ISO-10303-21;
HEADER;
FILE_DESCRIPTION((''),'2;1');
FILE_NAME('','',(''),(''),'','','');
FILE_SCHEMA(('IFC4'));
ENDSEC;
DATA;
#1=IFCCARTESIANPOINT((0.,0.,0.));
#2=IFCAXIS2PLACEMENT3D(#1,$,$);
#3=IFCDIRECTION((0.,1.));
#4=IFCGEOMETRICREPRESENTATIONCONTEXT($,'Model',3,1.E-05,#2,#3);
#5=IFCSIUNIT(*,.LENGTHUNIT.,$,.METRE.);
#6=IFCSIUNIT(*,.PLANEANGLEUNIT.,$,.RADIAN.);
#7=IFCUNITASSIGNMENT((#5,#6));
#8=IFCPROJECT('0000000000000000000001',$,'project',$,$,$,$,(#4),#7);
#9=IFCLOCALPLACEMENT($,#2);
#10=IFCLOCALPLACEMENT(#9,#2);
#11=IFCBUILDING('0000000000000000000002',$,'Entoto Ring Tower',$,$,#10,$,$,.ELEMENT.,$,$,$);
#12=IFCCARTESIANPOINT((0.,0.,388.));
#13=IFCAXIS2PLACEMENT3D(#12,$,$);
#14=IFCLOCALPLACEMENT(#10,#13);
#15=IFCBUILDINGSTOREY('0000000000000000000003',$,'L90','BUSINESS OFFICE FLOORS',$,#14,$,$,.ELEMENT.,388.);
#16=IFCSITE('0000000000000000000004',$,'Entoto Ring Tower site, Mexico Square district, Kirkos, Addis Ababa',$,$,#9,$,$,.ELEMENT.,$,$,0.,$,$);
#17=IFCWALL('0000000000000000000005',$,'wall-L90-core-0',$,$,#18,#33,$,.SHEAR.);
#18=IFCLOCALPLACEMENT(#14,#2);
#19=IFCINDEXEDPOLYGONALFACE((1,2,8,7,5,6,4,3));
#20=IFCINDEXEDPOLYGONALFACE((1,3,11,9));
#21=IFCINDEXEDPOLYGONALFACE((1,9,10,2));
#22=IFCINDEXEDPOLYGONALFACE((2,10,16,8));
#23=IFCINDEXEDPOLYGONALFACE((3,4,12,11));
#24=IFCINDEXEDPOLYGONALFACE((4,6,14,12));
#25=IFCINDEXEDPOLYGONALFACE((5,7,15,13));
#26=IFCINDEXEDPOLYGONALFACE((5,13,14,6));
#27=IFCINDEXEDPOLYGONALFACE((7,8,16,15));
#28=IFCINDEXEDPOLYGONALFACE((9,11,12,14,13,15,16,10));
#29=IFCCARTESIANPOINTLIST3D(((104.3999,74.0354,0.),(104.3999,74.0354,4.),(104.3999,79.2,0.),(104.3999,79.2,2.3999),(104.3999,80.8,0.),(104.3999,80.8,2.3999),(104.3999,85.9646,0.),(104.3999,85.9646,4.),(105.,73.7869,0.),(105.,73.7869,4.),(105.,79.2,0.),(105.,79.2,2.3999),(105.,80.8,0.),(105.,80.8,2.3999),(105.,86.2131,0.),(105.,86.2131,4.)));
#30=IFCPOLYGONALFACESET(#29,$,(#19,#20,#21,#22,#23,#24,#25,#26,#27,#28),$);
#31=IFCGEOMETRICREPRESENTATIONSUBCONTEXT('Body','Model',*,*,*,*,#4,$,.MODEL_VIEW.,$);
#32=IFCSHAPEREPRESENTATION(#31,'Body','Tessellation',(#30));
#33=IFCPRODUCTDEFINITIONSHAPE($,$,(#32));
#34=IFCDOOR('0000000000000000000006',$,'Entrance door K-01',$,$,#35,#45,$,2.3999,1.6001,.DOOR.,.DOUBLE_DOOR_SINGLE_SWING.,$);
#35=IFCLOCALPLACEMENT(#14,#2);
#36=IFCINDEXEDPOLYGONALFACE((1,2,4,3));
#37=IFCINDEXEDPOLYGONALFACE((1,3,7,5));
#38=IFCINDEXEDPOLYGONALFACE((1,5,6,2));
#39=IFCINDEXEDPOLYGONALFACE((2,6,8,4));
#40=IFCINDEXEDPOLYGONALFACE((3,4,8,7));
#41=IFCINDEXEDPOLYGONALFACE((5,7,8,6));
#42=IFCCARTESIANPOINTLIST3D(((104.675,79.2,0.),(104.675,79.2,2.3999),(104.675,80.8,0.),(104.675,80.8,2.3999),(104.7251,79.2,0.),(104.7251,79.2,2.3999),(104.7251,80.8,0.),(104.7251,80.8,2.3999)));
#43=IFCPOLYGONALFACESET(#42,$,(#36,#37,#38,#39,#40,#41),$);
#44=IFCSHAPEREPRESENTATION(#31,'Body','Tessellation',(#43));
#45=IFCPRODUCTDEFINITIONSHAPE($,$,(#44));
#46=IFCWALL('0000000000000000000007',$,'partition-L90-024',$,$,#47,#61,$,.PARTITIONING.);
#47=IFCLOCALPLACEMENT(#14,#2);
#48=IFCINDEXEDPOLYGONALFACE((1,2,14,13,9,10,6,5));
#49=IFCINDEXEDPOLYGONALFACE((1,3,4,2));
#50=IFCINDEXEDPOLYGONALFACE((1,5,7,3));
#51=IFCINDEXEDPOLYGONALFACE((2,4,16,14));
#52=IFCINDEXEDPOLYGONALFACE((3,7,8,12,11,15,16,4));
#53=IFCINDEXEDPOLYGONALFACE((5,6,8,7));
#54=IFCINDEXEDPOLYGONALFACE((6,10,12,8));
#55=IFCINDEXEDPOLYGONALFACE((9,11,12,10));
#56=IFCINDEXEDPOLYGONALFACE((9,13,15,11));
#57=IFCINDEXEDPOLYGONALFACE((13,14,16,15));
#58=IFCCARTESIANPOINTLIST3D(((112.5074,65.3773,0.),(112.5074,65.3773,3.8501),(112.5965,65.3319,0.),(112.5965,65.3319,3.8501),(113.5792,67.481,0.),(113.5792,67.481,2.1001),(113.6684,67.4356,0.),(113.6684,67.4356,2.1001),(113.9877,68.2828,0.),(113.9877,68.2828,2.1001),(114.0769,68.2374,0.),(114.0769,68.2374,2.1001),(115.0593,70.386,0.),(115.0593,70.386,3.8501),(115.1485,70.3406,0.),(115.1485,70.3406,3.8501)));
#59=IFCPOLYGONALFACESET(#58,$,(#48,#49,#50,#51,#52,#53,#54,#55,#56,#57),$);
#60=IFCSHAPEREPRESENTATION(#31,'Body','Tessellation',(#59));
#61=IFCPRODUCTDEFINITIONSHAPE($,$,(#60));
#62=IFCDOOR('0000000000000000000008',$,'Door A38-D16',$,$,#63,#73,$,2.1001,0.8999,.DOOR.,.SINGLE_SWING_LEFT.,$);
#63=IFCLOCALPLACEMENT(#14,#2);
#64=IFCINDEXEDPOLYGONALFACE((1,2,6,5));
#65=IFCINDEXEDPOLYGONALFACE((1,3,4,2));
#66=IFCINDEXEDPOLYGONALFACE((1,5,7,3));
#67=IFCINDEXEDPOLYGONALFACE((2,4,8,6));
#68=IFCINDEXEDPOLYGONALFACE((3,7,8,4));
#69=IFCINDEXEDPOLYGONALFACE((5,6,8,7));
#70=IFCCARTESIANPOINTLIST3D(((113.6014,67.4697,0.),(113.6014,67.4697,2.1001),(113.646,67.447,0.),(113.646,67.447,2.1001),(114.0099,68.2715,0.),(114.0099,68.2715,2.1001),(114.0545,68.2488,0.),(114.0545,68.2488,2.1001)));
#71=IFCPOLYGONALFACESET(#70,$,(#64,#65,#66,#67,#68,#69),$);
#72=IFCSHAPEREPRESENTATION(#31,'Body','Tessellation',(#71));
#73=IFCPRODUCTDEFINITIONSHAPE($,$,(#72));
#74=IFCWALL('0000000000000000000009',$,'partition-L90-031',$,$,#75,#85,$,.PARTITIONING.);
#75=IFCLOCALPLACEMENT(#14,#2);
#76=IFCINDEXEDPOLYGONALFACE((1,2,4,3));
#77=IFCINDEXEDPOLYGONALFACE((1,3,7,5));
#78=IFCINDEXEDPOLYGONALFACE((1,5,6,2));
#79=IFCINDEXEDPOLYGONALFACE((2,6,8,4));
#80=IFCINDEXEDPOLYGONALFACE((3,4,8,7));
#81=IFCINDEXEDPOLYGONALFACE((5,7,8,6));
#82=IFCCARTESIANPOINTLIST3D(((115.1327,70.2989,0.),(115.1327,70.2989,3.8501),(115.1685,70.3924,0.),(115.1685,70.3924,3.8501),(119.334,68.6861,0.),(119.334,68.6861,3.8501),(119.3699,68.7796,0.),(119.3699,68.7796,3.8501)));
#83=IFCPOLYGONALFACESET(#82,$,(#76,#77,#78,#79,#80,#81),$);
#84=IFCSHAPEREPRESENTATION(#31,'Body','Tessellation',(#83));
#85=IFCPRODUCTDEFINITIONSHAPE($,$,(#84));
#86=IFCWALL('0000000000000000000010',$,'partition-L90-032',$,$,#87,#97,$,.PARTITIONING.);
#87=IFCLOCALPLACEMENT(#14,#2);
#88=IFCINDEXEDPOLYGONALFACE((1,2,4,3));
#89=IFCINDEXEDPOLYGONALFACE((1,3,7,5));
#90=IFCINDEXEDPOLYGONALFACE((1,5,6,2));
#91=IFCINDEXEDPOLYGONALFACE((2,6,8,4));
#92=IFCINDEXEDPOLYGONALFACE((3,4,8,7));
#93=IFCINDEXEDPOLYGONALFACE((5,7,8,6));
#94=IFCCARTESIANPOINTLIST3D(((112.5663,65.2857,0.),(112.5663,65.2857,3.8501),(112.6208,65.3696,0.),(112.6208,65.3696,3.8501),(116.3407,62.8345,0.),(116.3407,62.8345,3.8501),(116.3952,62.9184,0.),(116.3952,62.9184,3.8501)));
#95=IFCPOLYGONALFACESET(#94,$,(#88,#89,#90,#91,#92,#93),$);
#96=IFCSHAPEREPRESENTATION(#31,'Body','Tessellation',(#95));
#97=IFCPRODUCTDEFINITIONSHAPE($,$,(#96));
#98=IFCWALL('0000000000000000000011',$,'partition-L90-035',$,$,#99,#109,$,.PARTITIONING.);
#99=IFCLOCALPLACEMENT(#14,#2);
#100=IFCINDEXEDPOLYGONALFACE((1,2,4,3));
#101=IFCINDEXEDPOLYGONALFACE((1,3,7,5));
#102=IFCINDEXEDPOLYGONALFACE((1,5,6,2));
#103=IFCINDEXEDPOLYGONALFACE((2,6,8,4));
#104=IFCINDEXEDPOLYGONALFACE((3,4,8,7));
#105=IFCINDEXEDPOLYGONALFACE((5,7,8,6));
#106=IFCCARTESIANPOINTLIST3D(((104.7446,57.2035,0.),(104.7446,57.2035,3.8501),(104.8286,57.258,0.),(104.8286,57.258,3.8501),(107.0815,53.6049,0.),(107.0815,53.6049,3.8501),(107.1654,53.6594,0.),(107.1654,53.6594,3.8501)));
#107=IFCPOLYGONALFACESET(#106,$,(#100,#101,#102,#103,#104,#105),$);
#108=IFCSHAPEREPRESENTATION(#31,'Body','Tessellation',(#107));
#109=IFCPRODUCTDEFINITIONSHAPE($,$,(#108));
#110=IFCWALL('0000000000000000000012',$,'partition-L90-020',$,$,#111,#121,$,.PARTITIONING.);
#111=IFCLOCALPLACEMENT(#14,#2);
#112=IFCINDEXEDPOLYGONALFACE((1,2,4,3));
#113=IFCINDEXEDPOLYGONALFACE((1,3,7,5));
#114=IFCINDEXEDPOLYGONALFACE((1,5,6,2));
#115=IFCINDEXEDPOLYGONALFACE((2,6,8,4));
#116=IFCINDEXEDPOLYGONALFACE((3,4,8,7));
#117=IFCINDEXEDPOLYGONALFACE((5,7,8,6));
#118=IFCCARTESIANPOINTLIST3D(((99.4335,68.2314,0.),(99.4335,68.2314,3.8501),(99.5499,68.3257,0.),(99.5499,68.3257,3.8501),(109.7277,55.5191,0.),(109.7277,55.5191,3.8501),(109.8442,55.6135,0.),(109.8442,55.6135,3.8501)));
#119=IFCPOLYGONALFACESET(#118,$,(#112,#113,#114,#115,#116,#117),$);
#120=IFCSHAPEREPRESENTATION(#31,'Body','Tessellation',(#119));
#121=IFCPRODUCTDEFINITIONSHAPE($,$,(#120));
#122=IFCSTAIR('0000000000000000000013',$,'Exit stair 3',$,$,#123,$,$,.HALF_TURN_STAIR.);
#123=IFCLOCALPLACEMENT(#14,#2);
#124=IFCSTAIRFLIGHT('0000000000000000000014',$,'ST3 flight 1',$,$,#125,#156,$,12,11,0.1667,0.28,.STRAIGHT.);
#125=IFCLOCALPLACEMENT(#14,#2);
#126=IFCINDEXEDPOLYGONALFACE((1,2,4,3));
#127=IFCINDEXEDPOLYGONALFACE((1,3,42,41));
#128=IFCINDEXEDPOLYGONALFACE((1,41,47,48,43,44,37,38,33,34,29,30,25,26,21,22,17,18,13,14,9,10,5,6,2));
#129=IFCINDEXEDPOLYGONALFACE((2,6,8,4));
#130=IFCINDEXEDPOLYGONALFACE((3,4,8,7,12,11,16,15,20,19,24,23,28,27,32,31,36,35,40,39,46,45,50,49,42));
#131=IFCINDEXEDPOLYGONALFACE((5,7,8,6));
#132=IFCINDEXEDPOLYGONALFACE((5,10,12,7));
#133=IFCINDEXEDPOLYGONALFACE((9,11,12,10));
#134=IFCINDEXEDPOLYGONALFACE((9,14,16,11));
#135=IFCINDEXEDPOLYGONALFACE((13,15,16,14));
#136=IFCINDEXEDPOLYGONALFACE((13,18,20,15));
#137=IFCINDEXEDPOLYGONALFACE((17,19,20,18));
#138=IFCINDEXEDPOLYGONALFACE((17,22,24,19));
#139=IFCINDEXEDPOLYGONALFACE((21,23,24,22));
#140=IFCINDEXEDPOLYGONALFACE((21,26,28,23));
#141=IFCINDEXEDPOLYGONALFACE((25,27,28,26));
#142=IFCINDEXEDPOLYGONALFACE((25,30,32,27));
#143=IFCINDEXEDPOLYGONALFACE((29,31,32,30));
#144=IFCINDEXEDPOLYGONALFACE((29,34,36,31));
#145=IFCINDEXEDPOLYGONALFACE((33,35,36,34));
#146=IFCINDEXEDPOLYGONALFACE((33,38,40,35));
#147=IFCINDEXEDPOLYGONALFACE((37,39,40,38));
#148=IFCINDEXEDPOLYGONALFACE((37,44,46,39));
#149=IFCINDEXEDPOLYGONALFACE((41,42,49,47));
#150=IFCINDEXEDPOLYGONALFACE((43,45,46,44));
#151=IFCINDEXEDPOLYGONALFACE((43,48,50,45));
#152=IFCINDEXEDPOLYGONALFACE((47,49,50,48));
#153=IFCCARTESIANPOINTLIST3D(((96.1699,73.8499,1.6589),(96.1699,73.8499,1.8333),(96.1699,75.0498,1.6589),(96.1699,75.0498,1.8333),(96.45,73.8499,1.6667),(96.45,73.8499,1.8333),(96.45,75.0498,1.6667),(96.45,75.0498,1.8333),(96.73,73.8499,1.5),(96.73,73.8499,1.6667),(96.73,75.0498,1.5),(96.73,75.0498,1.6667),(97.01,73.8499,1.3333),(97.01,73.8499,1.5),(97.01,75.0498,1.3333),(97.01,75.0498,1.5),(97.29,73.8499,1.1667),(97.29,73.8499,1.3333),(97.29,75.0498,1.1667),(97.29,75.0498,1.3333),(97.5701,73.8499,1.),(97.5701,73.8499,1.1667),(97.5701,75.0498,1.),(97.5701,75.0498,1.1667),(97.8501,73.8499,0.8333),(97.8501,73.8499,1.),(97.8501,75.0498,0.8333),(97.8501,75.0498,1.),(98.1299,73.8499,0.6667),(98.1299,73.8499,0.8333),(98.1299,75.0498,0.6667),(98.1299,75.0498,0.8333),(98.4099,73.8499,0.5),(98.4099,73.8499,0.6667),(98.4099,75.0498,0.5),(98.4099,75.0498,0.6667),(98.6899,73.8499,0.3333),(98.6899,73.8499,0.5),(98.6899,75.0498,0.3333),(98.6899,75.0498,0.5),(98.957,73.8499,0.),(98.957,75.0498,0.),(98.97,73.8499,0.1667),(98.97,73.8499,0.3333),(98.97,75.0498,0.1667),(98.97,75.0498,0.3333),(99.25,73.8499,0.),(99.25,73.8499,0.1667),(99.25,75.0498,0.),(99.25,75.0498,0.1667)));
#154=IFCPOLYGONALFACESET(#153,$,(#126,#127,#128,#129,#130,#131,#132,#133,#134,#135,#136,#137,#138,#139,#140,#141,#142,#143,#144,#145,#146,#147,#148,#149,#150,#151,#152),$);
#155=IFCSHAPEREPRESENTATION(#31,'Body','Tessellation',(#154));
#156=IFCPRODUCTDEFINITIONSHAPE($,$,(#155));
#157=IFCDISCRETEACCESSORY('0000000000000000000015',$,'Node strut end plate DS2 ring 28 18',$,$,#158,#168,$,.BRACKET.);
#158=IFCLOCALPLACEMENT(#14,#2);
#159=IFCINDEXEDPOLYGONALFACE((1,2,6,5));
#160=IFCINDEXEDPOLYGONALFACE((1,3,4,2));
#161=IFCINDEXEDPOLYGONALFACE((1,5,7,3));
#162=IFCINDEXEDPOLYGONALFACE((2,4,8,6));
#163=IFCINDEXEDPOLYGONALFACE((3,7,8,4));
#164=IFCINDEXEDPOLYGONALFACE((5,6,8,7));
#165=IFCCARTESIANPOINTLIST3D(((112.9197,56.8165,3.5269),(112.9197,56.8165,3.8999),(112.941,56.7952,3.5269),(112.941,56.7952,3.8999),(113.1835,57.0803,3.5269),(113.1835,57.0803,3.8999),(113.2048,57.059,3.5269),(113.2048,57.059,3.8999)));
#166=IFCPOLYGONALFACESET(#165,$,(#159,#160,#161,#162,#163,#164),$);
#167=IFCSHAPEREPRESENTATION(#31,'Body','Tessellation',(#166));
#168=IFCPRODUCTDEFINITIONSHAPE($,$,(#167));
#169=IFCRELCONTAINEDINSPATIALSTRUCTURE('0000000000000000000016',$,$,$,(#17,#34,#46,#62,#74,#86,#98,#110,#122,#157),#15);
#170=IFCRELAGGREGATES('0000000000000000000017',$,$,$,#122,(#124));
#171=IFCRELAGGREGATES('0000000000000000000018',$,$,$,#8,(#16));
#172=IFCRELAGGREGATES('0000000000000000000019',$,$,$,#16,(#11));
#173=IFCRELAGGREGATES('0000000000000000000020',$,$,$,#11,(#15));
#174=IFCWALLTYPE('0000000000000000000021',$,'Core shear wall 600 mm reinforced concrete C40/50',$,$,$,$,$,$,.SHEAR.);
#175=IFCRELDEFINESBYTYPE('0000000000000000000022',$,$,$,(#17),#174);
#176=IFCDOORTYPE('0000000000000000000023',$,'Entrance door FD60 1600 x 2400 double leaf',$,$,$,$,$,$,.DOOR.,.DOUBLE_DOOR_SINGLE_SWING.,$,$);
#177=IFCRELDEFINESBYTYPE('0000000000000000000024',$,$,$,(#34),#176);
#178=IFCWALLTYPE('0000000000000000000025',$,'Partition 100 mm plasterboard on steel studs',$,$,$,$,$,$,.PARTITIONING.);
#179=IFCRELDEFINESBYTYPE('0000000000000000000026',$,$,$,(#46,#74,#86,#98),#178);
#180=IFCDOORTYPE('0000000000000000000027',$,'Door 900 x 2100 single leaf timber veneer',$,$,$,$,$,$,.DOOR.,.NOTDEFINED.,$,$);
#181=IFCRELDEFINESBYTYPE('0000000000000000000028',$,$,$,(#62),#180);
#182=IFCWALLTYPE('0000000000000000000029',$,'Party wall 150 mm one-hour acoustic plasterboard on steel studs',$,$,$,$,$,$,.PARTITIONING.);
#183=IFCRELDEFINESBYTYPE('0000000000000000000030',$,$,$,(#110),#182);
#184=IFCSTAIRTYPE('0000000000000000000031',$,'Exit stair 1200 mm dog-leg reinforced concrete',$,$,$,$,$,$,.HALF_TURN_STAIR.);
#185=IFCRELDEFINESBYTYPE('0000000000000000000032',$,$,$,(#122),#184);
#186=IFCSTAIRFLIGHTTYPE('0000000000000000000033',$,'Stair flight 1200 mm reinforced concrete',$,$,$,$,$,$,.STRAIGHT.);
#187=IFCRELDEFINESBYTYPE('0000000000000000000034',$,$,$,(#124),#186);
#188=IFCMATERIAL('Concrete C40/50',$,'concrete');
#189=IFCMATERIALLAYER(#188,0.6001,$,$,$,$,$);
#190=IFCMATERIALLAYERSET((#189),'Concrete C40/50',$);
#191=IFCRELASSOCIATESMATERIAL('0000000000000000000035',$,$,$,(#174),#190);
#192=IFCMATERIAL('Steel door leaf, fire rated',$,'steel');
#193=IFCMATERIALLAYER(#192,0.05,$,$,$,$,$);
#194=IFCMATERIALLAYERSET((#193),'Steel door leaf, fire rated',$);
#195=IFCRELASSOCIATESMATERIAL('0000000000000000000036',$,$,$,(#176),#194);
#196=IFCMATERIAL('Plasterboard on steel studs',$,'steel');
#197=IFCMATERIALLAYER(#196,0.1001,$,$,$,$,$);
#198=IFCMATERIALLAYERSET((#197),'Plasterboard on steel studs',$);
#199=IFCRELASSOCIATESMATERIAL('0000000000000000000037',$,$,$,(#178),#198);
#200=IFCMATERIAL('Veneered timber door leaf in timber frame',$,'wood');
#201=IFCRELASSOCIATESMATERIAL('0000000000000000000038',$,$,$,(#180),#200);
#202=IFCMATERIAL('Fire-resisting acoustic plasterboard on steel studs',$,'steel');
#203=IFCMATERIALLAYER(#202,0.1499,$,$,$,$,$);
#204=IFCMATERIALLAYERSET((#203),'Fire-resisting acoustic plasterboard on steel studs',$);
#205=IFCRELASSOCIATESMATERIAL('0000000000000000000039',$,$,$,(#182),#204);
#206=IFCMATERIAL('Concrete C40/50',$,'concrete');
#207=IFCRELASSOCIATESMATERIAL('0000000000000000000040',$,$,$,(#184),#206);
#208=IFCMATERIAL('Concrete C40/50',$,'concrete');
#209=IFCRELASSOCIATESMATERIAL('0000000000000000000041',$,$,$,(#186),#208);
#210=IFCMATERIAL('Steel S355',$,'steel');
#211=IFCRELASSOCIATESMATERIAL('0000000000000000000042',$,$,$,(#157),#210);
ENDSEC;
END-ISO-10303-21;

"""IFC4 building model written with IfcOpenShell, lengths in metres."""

from ifc_helpers import new_model, si_unit, direction, frame, frame_2d, origin, origin_2d, place, context, subcontext, project, spatial, polyline, rectangle, outline, extrude, material, layer, layer_set, type_object, element, fill, aggregate, save


model = new_model("IFC4")

# Units and contexts
model_context = context("Model", 3, precision=1e-05, world=origin(), true_north=direction((0.0, 1.0)))
body_context = subcontext(model_context, "Body", "Model", "MODEL_VIEW")
ifc_project = project(units=[si_unit("LENGTHUNIT", "METRE"), si_unit("PLANEANGLEUNIT", "RADIAN")], contexts=[model_context])

# Site, building, storey
site_placement = place(None, origin())
site = spatial("IfcSite", under=ifc_project, at=site_placement, Name="Entoto Ring Tower site, Mexico Square district, Kirkos, Addis Ababa", CompositionType="ELEMENT", RefElevation=0.0)
building_placement = place(site_placement, origin())
building = spatial("IfcBuilding", under=site, at=building_placement, Name="Entoto Ring Tower", CompositionType="ELEMENT")
storey_placement = place(building_placement, frame((0.0, 0.0, 388.0)))
storey = spatial("IfcBuildingStorey", under=building, at=storey_placement, Name="L90", Description="BUSINESS OFFICE FLOORS", CompositionType="ELEMENT", Elevation=388.0)

# Walls, openings, doors
ifc_material_1 = material(Name="Concrete C40/50", Category="concrete")
ifc_layer_1 = layer(ifc_material_1, 0.6001)
ifc_layer_set_1 = layer_set([ifc_layer_1], Name="Concrete C40/50")
wall_type_1 = type_object("IfcWallType", Name="Core shear wall 600 mm reinforced concrete C40/50", PredefinedType="SHEAR", material=ifc_layer_set_1)
wall_1_placement = place(storey_placement, frame((104.7, 73.9111, 0.0), z_axis=(0.0, 0.0, 1.0), x_axis=(0.0, 1.0, 0.0)))
wall_1 = element("IfcWall", 1, at=wall_1_placement, inside=storey, type_object=wall_type_1, Name="wall-L90-core-0", PredefinedType="SHEAR", context=body_context, shape_type="SweptSolid", body=[
    extrude(outline(polyline([(-0.1243, -0.3), (12.302, -0.3), (12.0535, 0.3), (0.1243, 0.3), (-0.1243, -0.3)])), origin(), (0.0, 0.0, 1.0), 4.0),
])
opening_1_placement = place(wall_1_placement, frame((5.2888, 0.0, 0.0)))
opening_1 = element("IfcOpeningElement", 2, at=opening_1_placement, cuts=wall_1, PredefinedType="OPENING", context=body_context, shape_type="SweptSolid", body=[
    extrude(rectangle(XDim=1.6001, YDim=2.3999, at=frame_2d((0.8, 1.2))), frame((0.0, 0.3101, 0.0), z_axis=(0.0, -1.0, 0.0), x_axis=(1.0, 0.0, 0.0)), (0.0, 0.0, 1.0), 0.6201),
])
ifc_material_2 = material(Name="Steel door leaf, fire rated", Category="steel")
ifc_layer_2 = layer(ifc_material_2, 0.05)
ifc_layer_set_2 = layer_set([ifc_layer_2], Name="Steel door leaf, fire rated")
door_type_1 = type_object("IfcDoorType", Name="Entrance door FD60 1600 x 2400 double leaf", OperationType="DOUBLE_DOOR_SINGLE_SWING", PredefinedType="DOOR", material=ifc_layer_set_2)
door_1_placement = place(opening_1_placement, origin())
door_1 = element("IfcDoor", 3, at=door_1_placement, inside=storey, type_object=door_type_1, Name="Entrance door K-01", OperationType="DOUBLE_DOOR_SINGLE_SWING", OverallHeight=2.3999, OverallWidth=1.6001, PredefinedType="DOOR", context=body_context, shape_type="SweptSolid", body=[
    extrude(rectangle(XDim=1.6001, YDim=2.3999, at=frame_2d((0.8, 1.2))), frame((0.0, 0.0249, 0.0), z_axis=(0.0, -1.0, 0.0), x_axis=(1.0, 0.0, 0.0)), (0.0, 0.0, 1.0), 0.05),
])
fill(opening_1, door_1)
ifc_material_3 = material(Name="Plasterboard on steel studs", Category="steel")
ifc_layer_3 = layer(ifc_material_3, 0.1001)
ifc_layer_set_3 = layer_set([ifc_layer_3], Name="Plasterboard on steel studs")
wall_type_2 = type_object("IfcWallType", Name="Partition 100 mm plasterboard on steel studs", PredefinedType="PARTITIONING", material=ifc_layer_set_3)
wall_2_placement = place(storey_placement, frame((112.552, 65.3547, 0.0), z_axis=(0.0, 0.0, 1.0), x_axis=(0.453976, 0.891014, 0.0)))
wall_2 = element("IfcWall", 4, at=wall_2_placement, inside=storey, type_object=wall_type_2, Name="partition-L90-024", PredefinedType="PARTITIONING", context=body_context, shape_type="SweptSolid", body=[
    extrude(rectangle(XDim=5.6213, YDim=0.1001, at=frame_2d((2.8105, 0.0))), origin(), (0.0, 0.0, 1.0), 3.8501),
])
opening_2_placement = place(wall_2_placement, frame((2.3608, 0.0, 0.0)))
opening_2 = element("IfcOpeningElement", 5, at=opening_2_placement, cuts=wall_2, PredefinedType="OPENING", context=body_context, shape_type="SweptSolid", body=[
    extrude(rectangle(XDim=0.8999, YDim=2.1001, at=frame_2d((0.45, 1.05))), frame((0.0, 0.0601, 0.0), z_axis=(0.0, -1.0, 0.0), x_axis=(1.0, 0.0, 0.0)), (0.0, 0.0, 1.0), 0.1201),
])
ifc_material_4 = material(Name="Veneered timber door leaf in timber frame", Category="wood")
door_type_2 = type_object("IfcDoorType", Name="Door 900 x 2100 single leaf timber veneer", OperationType="NOTDEFINED", PredefinedType="DOOR", material=ifc_material_4)
door_2_placement = place(opening_2_placement, frame((0.8999, 0.0, 0.0), z_axis=(0.0, 0.0, 1.0), x_axis=(-1.0, 0.0, 0.0)))
door_2 = element("IfcDoor", 6, at=door_2_placement, inside=storey, type_object=door_type_2, Name="Door A38-D16", OperationType="SINGLE_SWING_LEFT", OverallHeight=2.1001, OverallWidth=0.8999, PredefinedType="DOOR", context=body_context, shape_type="SweptSolid", body=[
    extrude(rectangle(XDim=0.8999, YDim=2.1001, at=frame_2d((0.45, 1.05))), frame((0.0, 0.0249, 0.0), z_axis=(0.0, -1.0, 0.0), x_axis=(1.0, 0.0, 0.0)), (0.0, 0.0, 1.0), 0.05),
])
fill(opening_2, door_2)

# Walls
wall_3_placement = place(storey_placement, frame((119.3518, 68.7329, 0.0), z_axis=(0.0, 0.0, 1.0), x_axis=(-0.933579, 0.358372, 0.0)))
element("IfcWall", 7, at=wall_3_placement, inside=storey, type_object=wall_type_2, Name="partition-L90-031", PredefinedType="PARTITIONING", context=body_context, shape_type="SweptSolid", body=[
    extrude(rectangle(XDim=4.5002, YDim=0.1001, at=frame_2d((2.25, 0.0))), origin(), (0.0, 0.0, 1.0), 3.8501),
])
wall_4_placement = place(storey_placement, frame((116.3679, 62.8765, 0.0), z_axis=(0.0, 0.0, 1.0), x_axis=(-0.838667, 0.544645, 0.0)))
element("IfcWall", 8, at=wall_4_placement, inside=storey, type_object=wall_type_2, Name="partition-L90-032", PredefinedType="PARTITIONING", context=body_context, shape_type="SweptSolid", body=[
    extrude(rectangle(XDim=4.5005, YDim=0.1001, at=frame_2d((2.2502, 0.0))), origin(), (0.0, 0.0, 1.0), 3.8501),
])
wall_5_placement = place(storey_placement, frame((107.1235, 53.6321, 0.0), z_axis=(0.0, 0.0, 1.0), x_axis=(-0.544628, 0.838678, 0.0)))
element("IfcWall", 9, at=wall_5_placement, inside=storey, type_object=wall_type_2, Name="partition-L90-035", PredefinedType="PARTITIONING", context=body_context, shape_type="SweptSolid", body=[
    extrude(rectangle(XDim=4.2908, YDim=0.1001, at=frame_2d((2.1455, 0.0))), origin(), (0.0, 0.0, 1.0), 3.8501),
])
ifc_material_5 = material(Name="Fire-resisting acoustic plasterboard on steel studs", Category="steel")
ifc_layer_4 = layer(ifc_material_5, 0.1499)
ifc_layer_set_4 = layer_set([ifc_layer_4], Name="Fire-resisting acoustic plasterboard on steel studs")
wall_type_3 = type_object("IfcWallType", Name="Party wall 150 mm one-hour acoustic plasterboard on steel studs", PredefinedType="PARTITIONING", material=ifc_layer_set_4)
wall_6_placement = place(storey_placement, frame((109.7859, 55.5664, 0.0), z_axis=(0.0, 0.0, 1.0), x_axis=(-0.629324, 0.777143, 0.0)))
element("IfcWall", 10, at=wall_6_placement, inside=storey, type_object=wall_type_3, Name="partition-L90-020", PredefinedType="PARTITIONING", context=body_context, shape_type="SweptSolid", body=[
    extrude(rectangle(XDim=16.3577, YDim=0.1499, at=frame_2d((8.1787, 0.0))), origin(), (0.0, 0.0, 1.0), 3.8501),
])

# Stair, stair flight
ifc_material_6 = material(Name="Concrete C40/50", Category="concrete")
stair_type = type_object("IfcStairType", Name="Exit stair 1200 mm dog-leg reinforced concrete", PredefinedType="HALF_TURN_STAIR", material=ifc_material_6)
stair_placement = place(storey_placement, origin())
stair = element("IfcStair", 11, at=stair_placement, inside=storey, type_object=stair_type, Name="Exit stair 3", PredefinedType="HALF_TURN_STAIR")
ifc_material_7 = material(Name="Concrete C40/50", Category="concrete")
stair_flight_type = type_object("IfcStairFlightType", Name="Stair flight 1200 mm reinforced concrete", PredefinedType="STRAIGHT", material=ifc_material_7)
stair_flight_placement = place(storey_placement, frame((99.25, 74.45, 0.0), z_axis=(0.0, 0.0, 1.0), x_axis=(-1.0, 0.0, 0.0)))
stair_flight = element("IfcStairFlight", 12, at=stair_flight_placement, type_object=stair_flight_type, Name="ST3 flight 1", NumberOfRisers=12, NumberOfTreads=11, PredefinedType="STRAIGHT", RiserHeight=0.1667, TreadLength=0.28, context=body_context, shape_type="SweptSolid", body=[
    extrude(outline(polyline([(0.0, 0.0), (0.0, 0.1667), (0.28, 0.1667), (0.28, 0.3333), (0.5601, 0.3333), (0.5601, 0.5), (0.8401, 0.5), (0.8401, 0.6667), (1.1201, 0.6667), (1.1201, 0.8333), (1.3999, 0.8333), (1.3999, 1.0), (1.6799, 1.0), (1.6799, 1.1667), (1.96, 1.1667), (1.96, 1.3333), (2.24, 1.3333), (2.24, 1.5), (2.52, 1.5), (2.52, 1.6667), (2.8, 1.6667), (2.8, 1.8333), (3.0801, 1.8333), (3.0801, 2.0), (3.0801, 1.6589), (0.293, 0.0), (0.0, 0.0)])), frame((0.0, 0.6001, 0.0), z_axis=(0.0, -1.0, 0.0), x_axis=(1.0, 0.0, 0.0)), (0.0, 0.0, 1.0), 1.2),
])
aggregate(stair, [stair_flight])

# Discrete accessory
ifc_material_8 = material(Name="Steel S355", Category="steel")
for number, where, z_axis, x_axis, name in (
    (13, (113.0623, 56.9377, 3.5269), (0.0, 0.0, 1.0), (0.707107, -0.707107, 0.0), "Node strut end plate DS2 ring 28 18"),
):
    element("IfcDiscreteAccessory", number, at=place(storey_placement, frame(where, z_axis=z_axis, x_axis=x_axis)), inside=storey, material=ifc_material_8, Name=name, PredefinedType="BRACKET", context=body_context, shape_type="SweptSolid", body=[
        extrude(rectangle(XDim=0.03, YDim=0.373, at=origin_2d()), origin(), (0.0, 0.0, 1.0), 0.373),
    ])

save(model, "model.ifc")
